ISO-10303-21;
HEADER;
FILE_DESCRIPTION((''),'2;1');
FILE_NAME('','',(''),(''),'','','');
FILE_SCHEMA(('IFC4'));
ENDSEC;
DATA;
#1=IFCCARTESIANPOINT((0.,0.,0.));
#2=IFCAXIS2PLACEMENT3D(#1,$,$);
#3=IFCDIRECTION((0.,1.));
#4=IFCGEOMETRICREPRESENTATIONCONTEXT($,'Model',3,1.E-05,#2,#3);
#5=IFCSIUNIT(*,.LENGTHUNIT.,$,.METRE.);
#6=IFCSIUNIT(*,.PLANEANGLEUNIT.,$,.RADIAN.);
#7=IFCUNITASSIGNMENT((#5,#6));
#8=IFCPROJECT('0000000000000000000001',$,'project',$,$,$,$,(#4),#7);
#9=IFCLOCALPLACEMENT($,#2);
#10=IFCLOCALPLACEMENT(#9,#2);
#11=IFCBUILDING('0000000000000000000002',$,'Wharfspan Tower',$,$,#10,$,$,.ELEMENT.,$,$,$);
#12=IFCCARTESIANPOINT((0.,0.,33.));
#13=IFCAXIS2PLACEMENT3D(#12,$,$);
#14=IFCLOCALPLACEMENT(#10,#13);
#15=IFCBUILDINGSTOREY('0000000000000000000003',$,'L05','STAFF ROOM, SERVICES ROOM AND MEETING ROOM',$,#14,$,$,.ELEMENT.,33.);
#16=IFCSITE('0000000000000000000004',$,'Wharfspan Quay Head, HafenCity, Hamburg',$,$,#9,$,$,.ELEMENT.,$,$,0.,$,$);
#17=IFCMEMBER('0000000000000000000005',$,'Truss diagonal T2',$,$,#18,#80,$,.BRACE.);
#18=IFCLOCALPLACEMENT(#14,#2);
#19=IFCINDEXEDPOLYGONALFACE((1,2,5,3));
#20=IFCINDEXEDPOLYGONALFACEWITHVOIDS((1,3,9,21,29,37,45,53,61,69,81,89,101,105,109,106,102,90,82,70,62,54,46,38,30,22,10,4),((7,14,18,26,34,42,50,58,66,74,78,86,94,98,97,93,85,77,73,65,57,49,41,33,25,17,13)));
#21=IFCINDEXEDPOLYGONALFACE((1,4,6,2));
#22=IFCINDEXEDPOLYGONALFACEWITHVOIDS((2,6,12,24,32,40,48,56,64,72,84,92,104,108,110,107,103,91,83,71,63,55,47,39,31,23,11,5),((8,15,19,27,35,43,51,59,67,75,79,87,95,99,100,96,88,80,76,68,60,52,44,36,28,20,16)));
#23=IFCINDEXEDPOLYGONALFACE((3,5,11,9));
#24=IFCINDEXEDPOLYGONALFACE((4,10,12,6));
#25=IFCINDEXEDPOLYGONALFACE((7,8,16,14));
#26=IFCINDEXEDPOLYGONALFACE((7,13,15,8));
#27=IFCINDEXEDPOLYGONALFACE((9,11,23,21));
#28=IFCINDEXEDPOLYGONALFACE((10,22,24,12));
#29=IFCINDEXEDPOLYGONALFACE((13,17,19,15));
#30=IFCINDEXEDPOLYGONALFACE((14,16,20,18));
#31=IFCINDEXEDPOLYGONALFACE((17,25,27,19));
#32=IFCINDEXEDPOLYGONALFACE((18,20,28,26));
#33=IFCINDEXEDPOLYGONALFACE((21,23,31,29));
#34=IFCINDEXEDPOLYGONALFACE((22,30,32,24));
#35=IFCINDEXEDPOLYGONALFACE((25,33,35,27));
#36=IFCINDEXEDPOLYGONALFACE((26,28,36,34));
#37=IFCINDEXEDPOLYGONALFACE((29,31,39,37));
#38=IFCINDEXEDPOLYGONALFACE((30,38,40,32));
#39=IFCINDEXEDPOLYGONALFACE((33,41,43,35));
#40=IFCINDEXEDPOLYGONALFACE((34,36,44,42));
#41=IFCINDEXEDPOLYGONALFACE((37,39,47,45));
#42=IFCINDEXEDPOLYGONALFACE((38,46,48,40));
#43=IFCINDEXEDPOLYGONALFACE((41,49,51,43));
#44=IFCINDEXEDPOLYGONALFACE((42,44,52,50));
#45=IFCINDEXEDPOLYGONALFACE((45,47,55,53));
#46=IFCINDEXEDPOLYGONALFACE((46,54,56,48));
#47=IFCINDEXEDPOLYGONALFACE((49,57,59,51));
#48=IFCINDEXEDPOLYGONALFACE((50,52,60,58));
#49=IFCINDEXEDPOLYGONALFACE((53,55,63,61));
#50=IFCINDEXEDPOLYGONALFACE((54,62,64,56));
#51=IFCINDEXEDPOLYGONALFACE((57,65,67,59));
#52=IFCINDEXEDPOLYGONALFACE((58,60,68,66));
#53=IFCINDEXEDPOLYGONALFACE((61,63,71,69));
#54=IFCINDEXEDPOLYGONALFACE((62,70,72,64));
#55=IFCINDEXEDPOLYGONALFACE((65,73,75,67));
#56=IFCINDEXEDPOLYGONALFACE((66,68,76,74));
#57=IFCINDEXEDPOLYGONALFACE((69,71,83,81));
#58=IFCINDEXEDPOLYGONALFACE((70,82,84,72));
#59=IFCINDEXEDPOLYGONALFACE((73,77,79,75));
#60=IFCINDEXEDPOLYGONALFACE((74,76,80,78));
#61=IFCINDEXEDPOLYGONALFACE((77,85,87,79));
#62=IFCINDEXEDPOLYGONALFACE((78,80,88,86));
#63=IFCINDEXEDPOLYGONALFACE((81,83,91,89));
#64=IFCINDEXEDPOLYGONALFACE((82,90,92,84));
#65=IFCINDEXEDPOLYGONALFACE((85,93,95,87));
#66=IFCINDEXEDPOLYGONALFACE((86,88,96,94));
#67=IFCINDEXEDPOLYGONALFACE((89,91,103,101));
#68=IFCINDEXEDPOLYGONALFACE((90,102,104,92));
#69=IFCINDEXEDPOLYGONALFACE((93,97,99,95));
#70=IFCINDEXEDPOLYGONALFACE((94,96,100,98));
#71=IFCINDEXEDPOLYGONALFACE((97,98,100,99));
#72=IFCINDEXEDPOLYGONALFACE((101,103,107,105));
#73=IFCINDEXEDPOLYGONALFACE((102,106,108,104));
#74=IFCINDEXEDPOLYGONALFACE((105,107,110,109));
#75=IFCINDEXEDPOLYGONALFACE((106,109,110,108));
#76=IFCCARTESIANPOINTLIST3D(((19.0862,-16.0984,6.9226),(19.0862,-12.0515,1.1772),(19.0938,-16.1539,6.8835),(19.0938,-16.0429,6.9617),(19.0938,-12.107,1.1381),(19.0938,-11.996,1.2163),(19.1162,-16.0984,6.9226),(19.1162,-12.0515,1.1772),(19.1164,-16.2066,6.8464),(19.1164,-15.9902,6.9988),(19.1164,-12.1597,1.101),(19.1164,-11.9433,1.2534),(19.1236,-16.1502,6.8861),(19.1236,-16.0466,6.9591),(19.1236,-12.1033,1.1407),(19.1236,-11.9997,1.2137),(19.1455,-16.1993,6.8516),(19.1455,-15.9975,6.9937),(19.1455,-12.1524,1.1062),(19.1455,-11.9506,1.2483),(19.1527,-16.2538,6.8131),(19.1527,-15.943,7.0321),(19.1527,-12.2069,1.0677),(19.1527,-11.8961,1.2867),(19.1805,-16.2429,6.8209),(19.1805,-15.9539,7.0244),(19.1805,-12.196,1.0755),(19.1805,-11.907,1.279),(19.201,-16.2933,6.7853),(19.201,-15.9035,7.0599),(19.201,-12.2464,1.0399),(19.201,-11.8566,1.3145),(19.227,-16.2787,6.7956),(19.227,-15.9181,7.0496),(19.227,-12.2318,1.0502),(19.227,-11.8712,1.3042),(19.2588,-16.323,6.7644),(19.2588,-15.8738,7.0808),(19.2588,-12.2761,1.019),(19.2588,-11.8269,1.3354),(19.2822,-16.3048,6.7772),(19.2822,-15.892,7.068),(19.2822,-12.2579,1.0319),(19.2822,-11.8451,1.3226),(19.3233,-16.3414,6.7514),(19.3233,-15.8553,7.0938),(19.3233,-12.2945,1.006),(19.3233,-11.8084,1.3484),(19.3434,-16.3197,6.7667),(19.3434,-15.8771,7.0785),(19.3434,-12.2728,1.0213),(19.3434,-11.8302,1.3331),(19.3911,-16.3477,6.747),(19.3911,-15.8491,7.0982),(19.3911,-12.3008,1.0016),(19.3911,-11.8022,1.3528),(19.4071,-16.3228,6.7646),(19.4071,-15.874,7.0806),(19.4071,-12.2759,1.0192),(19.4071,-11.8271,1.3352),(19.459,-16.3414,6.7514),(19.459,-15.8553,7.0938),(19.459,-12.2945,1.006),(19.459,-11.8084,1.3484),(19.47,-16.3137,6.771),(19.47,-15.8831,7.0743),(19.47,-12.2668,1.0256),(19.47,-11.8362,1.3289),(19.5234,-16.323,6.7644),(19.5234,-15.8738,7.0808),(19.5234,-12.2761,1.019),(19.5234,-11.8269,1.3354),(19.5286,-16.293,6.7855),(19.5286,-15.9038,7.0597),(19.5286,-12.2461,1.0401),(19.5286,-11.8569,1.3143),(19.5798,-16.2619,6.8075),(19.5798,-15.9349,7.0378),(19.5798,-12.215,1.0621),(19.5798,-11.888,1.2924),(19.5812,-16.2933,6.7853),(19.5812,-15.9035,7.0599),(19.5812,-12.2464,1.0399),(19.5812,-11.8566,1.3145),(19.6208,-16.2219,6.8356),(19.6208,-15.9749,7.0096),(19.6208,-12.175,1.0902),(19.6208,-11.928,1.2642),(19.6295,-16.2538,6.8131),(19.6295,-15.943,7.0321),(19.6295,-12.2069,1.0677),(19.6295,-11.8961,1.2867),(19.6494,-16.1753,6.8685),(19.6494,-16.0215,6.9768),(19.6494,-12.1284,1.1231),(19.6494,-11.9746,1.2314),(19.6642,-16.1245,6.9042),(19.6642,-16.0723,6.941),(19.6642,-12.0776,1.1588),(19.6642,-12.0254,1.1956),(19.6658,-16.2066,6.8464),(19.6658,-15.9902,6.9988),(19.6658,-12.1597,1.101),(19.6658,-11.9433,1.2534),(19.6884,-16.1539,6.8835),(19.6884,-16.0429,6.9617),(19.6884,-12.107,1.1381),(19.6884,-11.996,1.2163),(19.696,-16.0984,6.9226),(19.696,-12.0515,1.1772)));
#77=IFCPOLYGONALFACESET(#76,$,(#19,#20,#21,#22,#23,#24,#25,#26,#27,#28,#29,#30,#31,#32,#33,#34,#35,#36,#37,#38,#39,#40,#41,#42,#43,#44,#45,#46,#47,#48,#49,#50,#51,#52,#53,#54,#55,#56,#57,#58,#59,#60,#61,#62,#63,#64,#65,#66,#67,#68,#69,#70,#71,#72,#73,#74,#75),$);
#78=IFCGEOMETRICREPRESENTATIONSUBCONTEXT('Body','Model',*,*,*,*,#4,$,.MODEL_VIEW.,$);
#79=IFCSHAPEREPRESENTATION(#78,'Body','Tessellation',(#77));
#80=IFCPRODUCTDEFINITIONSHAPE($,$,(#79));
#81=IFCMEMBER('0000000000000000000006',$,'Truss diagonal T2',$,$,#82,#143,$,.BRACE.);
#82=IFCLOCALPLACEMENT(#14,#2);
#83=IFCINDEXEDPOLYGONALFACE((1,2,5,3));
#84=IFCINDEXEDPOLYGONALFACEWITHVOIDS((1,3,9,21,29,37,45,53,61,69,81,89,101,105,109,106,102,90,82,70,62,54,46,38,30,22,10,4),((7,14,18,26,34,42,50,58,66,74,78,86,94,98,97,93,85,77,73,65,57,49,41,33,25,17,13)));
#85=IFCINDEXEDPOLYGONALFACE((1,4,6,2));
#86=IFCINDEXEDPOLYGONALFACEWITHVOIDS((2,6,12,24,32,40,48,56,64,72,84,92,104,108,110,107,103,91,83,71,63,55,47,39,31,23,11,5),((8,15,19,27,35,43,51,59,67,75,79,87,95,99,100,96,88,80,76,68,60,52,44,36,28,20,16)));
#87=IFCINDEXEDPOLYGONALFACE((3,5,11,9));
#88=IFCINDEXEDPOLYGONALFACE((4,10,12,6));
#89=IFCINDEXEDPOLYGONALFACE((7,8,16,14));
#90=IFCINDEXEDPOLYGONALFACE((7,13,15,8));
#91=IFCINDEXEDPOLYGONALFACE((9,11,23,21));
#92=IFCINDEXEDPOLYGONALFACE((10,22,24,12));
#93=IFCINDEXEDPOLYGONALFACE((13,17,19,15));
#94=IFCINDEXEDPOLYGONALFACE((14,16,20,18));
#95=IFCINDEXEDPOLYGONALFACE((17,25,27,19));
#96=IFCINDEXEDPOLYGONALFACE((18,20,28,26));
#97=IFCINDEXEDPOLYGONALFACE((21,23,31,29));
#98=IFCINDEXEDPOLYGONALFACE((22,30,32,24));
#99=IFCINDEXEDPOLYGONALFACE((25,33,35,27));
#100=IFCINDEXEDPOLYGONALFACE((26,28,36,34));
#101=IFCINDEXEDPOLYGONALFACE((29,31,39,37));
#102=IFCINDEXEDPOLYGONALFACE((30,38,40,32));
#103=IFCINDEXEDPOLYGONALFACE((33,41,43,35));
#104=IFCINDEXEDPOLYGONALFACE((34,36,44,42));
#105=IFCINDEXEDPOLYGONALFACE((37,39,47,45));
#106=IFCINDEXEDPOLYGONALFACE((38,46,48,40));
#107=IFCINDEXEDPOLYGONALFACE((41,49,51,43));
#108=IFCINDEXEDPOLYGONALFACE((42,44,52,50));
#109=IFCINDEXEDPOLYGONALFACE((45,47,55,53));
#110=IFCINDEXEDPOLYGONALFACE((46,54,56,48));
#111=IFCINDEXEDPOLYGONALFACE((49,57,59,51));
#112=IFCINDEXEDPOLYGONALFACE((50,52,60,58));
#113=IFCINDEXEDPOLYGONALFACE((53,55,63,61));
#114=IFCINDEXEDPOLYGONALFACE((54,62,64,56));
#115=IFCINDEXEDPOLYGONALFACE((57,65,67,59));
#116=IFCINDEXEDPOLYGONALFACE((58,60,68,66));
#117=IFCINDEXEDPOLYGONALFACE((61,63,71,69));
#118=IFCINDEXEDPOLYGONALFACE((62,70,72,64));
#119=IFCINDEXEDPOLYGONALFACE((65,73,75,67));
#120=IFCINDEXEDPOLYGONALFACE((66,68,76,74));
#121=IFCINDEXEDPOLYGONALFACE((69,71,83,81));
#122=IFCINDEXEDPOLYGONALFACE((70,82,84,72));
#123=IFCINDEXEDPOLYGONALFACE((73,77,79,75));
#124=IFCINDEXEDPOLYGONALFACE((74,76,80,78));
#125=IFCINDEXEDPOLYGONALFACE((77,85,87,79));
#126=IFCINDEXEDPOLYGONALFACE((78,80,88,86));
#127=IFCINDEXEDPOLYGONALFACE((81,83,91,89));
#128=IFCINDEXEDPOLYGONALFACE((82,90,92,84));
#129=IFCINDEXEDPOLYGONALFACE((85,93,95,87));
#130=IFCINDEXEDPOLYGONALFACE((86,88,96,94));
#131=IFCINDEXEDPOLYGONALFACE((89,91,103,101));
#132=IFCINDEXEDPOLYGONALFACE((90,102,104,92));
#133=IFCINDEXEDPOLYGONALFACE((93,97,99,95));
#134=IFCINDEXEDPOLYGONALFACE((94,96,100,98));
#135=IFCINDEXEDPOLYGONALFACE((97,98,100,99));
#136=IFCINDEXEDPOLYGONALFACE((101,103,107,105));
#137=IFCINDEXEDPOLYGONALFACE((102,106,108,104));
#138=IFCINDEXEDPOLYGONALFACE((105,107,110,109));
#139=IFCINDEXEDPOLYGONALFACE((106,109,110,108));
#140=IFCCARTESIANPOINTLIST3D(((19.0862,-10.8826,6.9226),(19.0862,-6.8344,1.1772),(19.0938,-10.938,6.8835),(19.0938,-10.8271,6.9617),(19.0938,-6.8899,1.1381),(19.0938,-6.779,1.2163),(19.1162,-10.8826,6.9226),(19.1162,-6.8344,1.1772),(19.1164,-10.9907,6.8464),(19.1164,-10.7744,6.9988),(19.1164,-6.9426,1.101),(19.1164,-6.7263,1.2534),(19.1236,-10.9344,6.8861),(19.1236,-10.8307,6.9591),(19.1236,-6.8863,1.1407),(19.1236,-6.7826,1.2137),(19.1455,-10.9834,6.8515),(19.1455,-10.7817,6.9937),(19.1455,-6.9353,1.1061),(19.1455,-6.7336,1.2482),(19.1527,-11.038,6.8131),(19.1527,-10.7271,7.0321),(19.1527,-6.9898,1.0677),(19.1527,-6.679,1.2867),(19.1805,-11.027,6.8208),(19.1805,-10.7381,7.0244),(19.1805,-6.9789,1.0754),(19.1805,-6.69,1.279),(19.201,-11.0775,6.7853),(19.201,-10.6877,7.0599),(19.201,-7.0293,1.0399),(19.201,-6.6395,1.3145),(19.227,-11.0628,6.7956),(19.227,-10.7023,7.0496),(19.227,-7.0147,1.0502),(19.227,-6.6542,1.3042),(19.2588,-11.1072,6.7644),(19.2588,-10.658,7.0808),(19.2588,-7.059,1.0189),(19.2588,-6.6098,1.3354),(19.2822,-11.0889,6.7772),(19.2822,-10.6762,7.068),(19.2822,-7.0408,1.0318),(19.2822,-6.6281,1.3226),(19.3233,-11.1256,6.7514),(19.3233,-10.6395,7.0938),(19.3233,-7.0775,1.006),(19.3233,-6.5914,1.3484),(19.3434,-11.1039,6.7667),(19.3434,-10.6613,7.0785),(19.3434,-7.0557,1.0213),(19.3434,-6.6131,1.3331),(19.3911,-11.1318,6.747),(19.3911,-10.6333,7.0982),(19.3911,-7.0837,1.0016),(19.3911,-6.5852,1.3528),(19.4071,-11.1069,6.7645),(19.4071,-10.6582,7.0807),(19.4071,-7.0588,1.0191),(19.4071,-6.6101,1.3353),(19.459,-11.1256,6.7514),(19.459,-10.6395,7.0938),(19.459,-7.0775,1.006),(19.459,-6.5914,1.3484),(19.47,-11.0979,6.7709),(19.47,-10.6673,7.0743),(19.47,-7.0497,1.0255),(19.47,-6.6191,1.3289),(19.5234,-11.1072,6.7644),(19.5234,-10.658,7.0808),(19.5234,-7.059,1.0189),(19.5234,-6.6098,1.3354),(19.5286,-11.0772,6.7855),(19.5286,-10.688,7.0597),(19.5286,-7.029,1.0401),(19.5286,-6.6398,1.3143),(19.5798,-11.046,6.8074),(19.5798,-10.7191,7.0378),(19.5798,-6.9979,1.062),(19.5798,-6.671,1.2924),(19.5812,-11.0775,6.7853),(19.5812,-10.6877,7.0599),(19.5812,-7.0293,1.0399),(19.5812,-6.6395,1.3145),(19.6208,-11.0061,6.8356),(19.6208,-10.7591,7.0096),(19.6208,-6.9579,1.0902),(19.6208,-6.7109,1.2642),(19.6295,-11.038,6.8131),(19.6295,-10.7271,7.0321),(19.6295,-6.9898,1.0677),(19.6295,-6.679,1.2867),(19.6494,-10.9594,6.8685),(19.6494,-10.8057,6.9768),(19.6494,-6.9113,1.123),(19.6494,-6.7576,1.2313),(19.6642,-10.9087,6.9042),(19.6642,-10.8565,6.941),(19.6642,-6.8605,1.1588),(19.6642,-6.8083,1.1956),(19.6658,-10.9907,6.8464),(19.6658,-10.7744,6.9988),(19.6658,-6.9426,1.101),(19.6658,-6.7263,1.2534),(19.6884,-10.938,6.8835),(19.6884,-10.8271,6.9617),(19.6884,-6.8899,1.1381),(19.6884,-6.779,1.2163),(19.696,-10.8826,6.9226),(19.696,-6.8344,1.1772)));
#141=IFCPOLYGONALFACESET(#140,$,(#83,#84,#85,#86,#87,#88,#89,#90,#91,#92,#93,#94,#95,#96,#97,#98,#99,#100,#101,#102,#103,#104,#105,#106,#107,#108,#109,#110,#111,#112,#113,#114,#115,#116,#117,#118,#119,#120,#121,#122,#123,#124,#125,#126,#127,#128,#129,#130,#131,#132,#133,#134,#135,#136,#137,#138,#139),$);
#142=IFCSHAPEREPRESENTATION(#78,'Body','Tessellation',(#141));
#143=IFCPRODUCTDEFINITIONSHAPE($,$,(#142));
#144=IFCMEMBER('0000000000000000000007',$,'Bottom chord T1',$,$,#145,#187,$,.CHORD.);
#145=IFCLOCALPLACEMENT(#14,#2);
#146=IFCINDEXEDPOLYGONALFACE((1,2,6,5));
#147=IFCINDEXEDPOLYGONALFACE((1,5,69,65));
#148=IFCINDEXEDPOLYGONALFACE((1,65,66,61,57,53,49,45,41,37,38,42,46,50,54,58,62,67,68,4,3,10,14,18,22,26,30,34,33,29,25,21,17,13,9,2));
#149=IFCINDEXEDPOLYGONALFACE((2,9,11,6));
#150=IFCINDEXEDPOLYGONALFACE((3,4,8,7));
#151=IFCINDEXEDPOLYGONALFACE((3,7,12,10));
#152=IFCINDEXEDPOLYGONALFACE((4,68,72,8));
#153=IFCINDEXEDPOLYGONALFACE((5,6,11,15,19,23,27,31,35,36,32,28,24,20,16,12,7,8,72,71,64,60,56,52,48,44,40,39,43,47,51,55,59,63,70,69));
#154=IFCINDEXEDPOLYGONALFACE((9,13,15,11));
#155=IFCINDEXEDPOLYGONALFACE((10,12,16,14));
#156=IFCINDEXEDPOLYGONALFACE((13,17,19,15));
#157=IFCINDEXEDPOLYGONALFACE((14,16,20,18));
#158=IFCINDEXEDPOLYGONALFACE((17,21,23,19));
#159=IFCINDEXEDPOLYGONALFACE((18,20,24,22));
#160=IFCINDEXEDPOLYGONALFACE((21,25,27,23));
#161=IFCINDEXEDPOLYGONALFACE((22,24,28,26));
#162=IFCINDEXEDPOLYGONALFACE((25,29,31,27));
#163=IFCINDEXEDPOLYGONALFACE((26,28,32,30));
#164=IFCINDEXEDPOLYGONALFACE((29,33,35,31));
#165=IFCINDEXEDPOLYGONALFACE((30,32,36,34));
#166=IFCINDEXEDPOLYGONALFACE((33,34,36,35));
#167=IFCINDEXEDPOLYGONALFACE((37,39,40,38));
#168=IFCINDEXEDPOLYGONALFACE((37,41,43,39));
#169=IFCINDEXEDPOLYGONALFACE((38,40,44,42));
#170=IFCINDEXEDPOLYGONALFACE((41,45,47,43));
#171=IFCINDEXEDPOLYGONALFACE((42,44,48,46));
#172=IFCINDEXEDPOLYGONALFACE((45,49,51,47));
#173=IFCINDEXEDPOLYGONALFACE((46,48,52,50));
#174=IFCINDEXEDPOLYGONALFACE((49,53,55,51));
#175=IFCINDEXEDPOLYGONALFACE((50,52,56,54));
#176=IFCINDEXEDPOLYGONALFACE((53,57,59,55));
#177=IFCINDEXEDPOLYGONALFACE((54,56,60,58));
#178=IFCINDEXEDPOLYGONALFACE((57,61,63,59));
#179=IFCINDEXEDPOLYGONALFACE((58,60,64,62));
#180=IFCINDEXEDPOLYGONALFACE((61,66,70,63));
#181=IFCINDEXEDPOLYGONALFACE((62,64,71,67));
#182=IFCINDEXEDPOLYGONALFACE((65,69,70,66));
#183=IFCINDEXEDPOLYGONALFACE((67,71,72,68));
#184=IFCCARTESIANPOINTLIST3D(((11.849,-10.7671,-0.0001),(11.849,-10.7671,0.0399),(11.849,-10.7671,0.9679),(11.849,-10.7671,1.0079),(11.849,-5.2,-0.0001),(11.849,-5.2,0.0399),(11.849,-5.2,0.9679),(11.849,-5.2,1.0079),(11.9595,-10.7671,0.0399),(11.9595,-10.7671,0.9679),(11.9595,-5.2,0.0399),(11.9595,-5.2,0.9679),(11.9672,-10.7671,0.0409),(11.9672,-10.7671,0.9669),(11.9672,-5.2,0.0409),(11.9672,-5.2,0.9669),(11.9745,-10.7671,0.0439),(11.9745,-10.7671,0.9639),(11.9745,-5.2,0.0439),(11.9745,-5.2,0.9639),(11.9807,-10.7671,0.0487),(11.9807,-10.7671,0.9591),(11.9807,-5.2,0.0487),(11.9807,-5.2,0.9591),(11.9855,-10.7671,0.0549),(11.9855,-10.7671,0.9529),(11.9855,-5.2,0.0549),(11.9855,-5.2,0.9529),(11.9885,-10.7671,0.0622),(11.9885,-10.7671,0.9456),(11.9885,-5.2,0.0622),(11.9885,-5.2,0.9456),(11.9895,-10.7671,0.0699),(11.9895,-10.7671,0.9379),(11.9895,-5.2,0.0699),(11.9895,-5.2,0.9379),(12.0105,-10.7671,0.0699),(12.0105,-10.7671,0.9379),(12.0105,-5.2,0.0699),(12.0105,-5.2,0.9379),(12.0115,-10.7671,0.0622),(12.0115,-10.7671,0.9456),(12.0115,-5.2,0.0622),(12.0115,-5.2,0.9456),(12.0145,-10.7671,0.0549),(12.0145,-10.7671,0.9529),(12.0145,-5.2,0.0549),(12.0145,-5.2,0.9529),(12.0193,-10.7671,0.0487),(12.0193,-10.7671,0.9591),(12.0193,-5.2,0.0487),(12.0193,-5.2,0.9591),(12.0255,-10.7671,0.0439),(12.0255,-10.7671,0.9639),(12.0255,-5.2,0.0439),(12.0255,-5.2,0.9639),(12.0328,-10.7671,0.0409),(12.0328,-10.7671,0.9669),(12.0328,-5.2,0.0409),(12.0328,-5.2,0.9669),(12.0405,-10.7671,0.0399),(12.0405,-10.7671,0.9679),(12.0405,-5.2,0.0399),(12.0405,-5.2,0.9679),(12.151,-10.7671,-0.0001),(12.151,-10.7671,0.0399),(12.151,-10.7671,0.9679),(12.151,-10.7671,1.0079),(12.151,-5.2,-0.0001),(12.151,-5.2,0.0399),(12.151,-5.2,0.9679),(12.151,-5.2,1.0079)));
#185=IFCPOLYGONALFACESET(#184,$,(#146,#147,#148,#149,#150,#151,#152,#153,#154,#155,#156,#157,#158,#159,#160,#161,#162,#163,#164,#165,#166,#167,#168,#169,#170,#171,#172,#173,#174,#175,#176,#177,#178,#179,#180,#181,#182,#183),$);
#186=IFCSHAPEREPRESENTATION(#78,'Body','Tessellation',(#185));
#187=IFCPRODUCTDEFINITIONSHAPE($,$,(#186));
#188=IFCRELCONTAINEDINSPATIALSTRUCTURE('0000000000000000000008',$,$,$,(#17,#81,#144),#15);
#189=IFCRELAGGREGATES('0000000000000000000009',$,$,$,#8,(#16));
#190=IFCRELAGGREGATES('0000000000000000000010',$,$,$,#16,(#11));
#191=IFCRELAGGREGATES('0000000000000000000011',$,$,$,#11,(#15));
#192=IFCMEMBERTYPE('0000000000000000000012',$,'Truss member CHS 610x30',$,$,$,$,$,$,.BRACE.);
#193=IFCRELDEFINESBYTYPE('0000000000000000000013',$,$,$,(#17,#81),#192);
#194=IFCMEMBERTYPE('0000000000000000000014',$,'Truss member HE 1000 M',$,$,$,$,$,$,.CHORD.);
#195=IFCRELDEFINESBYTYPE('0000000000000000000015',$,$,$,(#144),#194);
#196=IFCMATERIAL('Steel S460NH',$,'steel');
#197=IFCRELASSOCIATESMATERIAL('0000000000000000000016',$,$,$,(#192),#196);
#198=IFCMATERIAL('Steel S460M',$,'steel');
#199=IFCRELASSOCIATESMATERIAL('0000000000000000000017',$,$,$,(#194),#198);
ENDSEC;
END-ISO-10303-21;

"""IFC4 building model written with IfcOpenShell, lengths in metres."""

from ifc_helpers import new_model, si_unit, direction, frame, origin, origin_2d, place, context, subcontext, project, spatial, hollow_circle, i_section, extrude, material, material_profile, profile_set, type_object, element, save


model = new_model("IFC4")

# Units and contexts
model_context = context("Model", 3, precision=1e-05, world=origin(), true_north=direction((0.0, 1.0)))
body_context = subcontext(model_context, "Body", "Model", "MODEL_VIEW")
ifc_project = project(units=[si_unit("LENGTHUNIT", "METRE"), si_unit("PLANEANGLEUNIT", "RADIAN")], contexts=[model_context])

# Site, building, storey
site_placement = place(None, origin())
site = spatial("IfcSite", under=ifc_project, at=site_placement, Name="Wharfspan Quay Head, HafenCity, Hamburg", CompositionType="ELEMENT", RefElevation=0.0)
building_placement = place(site_placement, origin())
building = spatial("IfcBuilding", under=site, at=building_placement, Name="Wharfspan Tower", CompositionType="ELEMENT")
storey_placement = place(building_placement, frame((0.0, 0.0, 33.0)))
storey = spatial("IfcBuildingStorey", under=building, at=storey_placement, Name="L05", Description="STAFF ROOM, SERVICES ROOM AND MEETING ROOM", CompositionType="ELEMENT", Elevation=33.0)

# Members
ifc_material_1 = material(Name="Steel S460NH", Category="steel")
ifc_material_profile_1 = material_profile(ifc_material_1, hollow_circle(Radius=0.3049, WallThickness=0.03, at=origin_2d()))
ifc_profile_set_1 = profile_set([ifc_material_profile_1], Name="Steel S460NH")
member_type_1 = type_object("IfcMemberType", Name="Truss member CHS 610x30", PredefinedType="BRACE", material=ifc_profile_set_1)
member_1_placement = place(storey_placement, frame((19.3911, -16.0984, 6.9226), z_axis=(0.0, 0.575859, -0.817549), x_axis=(-1.0, 0.0, 0.0)))
element("IfcMember", 1, at=member_1_placement, inside=storey, type_object=member_type_1, Name="Truss diagonal T2", PredefinedType="BRACE", context=body_context, shape_type="SweptSolid", body=[
    extrude(hollow_circle(Radius=0.3049, WallThickness=0.03, at=origin_2d()), origin(), (0.0, 0.0, 1.0), 7.0276),
])
member_2_placement = place(storey_placement, frame((19.3911, -10.8826, 6.9226), z_axis=(0.0, 0.575975, -0.817467), x_axis=(-1.0, 0.0, 0.0)))
element("IfcMember", 2, at=member_2_placement, inside=storey, type_object=member_type_1, Name="Truss diagonal T2", PredefinedType="BRACE", context=body_context, shape_type="SweptSolid", body=[
    extrude(hollow_circle(Radius=0.3049, WallThickness=0.03, at=origin_2d()), origin(), (0.0, 0.0, 1.0), 7.0283),
])
ifc_material_2 = material(Name="Steel S460M", Category="steel")
ifc_material_profile_2 = material_profile(ifc_material_2, i_section(OverallWidth=0.302, OverallDepth=1.0081, WebThickness=0.021, FlangeThickness=0.04, FilletRadius=0.03, at=origin_2d()))
ifc_profile_set_2 = profile_set([ifc_material_profile_2], Name="Steel S460M")
member_type_2 = type_object("IfcMemberType", Name="Truss member HE 1000 M", PredefinedType="CHORD", material=ifc_profile_set_2)
member_3_placement = place(storey_placement, frame((12.0, -10.7671, 0.5039), z_axis=(0.0, 1.0, 0.0), x_axis=(-1.0, 0.0, 0.0)))
element("IfcMember", 3, at=member_3_placement, inside=storey, type_object=member_type_2, Name="Bottom chord T1", PredefinedType="CHORD", context=body_context, shape_type="SweptSolid", body=[
    extrude(i_section(OverallWidth=0.302, OverallDepth=1.0081, WebThickness=0.021, FlangeThickness=0.04, FilletRadius=0.03, at=origin_2d()), origin(), (0.0, 0.0, 1.0), 5.5671),
])

save(model, "model.ifc")
